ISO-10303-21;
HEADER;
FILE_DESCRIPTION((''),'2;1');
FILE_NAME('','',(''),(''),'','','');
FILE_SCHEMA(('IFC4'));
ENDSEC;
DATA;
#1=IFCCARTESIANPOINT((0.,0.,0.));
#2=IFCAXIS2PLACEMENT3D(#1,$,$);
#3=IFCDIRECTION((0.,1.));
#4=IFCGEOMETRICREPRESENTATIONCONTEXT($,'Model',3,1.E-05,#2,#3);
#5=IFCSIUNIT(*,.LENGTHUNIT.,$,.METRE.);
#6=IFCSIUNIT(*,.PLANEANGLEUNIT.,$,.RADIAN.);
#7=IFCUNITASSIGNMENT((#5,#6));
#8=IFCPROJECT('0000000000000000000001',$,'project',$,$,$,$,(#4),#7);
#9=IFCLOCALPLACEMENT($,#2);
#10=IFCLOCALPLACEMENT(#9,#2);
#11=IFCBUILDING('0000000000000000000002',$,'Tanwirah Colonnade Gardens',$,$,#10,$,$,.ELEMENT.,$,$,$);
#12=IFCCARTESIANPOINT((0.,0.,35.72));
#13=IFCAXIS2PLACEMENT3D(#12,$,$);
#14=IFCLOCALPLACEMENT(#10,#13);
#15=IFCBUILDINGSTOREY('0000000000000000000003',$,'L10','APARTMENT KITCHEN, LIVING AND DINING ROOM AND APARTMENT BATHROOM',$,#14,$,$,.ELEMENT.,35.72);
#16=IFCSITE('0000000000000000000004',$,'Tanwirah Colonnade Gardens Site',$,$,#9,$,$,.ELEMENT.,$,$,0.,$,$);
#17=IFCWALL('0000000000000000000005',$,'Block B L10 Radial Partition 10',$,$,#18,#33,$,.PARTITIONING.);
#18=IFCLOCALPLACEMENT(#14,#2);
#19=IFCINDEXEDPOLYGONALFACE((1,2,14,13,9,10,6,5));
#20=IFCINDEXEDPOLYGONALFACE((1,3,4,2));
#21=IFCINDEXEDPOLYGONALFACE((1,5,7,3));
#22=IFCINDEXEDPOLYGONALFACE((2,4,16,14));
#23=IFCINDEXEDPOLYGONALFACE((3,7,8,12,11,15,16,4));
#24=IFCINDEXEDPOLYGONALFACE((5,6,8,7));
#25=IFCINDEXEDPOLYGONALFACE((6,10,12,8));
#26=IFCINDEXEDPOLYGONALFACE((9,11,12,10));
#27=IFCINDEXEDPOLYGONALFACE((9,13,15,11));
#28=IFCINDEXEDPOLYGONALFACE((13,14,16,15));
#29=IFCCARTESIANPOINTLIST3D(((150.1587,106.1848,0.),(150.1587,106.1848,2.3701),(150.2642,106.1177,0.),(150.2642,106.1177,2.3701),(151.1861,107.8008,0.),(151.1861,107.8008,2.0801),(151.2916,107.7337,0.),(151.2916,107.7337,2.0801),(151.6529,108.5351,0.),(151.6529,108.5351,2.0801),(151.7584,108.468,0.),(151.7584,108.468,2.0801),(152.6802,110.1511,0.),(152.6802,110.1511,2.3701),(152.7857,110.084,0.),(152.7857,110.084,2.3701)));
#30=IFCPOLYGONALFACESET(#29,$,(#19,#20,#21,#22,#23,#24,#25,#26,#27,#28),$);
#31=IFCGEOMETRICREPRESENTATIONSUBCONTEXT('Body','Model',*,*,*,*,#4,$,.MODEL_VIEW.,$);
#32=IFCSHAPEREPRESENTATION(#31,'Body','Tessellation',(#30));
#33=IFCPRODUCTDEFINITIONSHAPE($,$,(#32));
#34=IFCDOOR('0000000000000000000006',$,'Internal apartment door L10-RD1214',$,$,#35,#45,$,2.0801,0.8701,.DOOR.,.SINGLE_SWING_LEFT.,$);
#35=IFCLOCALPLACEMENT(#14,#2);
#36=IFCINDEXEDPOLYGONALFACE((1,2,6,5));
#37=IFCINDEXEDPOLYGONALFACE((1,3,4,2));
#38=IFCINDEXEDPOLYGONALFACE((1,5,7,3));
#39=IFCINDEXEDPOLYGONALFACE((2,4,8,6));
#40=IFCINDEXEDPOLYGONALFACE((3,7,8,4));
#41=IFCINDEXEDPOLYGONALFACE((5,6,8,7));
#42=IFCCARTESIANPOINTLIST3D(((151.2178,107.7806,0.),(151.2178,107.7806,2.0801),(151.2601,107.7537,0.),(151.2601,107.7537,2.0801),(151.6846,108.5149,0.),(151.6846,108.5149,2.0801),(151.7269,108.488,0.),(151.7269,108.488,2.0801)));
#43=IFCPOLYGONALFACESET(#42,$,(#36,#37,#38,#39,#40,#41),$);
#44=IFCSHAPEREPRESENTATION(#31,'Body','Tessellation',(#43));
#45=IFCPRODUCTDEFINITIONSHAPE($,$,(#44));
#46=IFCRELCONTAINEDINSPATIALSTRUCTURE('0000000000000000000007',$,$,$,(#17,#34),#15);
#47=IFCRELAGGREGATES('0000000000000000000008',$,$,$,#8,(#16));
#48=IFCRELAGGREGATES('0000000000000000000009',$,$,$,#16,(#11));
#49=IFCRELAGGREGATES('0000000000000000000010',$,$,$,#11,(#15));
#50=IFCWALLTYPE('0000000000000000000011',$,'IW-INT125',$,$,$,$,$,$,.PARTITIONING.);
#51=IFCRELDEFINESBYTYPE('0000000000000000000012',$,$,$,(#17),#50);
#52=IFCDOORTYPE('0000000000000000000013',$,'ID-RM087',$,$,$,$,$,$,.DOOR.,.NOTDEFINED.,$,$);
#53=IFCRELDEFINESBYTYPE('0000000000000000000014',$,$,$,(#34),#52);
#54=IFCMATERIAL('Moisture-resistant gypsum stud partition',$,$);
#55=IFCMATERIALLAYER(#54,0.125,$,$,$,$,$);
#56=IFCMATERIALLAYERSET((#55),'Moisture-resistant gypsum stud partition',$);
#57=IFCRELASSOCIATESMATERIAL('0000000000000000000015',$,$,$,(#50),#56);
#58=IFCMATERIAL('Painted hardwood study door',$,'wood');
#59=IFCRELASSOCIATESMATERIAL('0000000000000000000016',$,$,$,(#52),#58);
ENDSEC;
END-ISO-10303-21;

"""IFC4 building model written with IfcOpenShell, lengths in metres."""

from ifc_helpers import new_model, si_unit, direction, frame, frame_2d, origin, place, context, subcontext, project, spatial, rectangle, extrude, material, layer, layer_set, type_object, element, fill, save


model = new_model("IFC4")

# Units and contexts
model_context = context("Model", 3, precision=1e-05, world=origin(), true_north=direction((0.0, 1.0)))
body_context = subcontext(model_context, "Body", "Model", "MODEL_VIEW")
ifc_project = project(units=[si_unit("LENGTHUNIT", "METRE"), si_unit("PLANEANGLEUNIT", "RADIAN")], contexts=[model_context])

# Site, building, storey
site_placement = place(None, origin())
site = spatial("IfcSite", under=ifc_project, at=site_placement, Name="Tanwirah Colonnade Gardens Site", CompositionType="ELEMENT", RefElevation=0.0)
building_placement = place(site_placement, origin())
building = spatial("IfcBuilding", under=site, at=building_placement, Name="Tanwirah Colonnade Gardens", CompositionType="ELEMENT")
storey_placement = place(building_placement, frame((0.0, 0.0, 35.72)))
storey = spatial("IfcBuildingStorey", under=building, at=storey_placement, Name="L10", Description="APARTMENT KITCHEN, LIVING AND DINING ROOM AND APARTMENT BATHROOM", CompositionType="ELEMENT", Elevation=35.72)

# Wall, opening, door
ifc_material_1 = material(Name="Moisture-resistant gypsum stud partition")
ifc_layer_1 = layer(ifc_material_1, 0.125)
ifc_layer_set_1 = layer_set([ifc_layer_1], Name="Moisture-resistant gypsum stud partition")
wall_type_1 = type_object("IfcWallType", Name="IW-INT125", PredefinedType="PARTITIONING", material=ifc_layer_set_1)
wall_1_placement = place(storey_placement, frame((150.2114, 106.1511, 0.0), z_axis=(0.0, 0.0, 1.0), x_axis=(0.536492, 0.843905, 0.0)))
wall_1 = element("IfcWall", 1, at=wall_1_placement, inside=storey, type_object=wall_type_1, Name="Block B L10 Radial Partition 10", PredefinedType="PARTITIONING", context=body_context, shape_type="SweptSolid", body=[
    extrude(rectangle(XDim=4.7, YDim=0.125, at=frame_2d((2.3501, 0.0))), origin(), (0.0, 0.0, 1.0), 2.3701),
])
opening_1_placement = place(wall_1_placement, frame((1.915, 0.0, 0.0)))
opening_1 = element("IfcOpeningElement", 2, at=opening_1_placement, cuts=wall_1, PredefinedType="OPENING", context=body_context, shape_type="SweptSolid", body=[
    extrude(rectangle(XDim=0.8701, YDim=2.0801, at=frame_2d((0.4351, 1.04))), frame((0.0, 0.0725, 0.0), z_axis=(0.0, -1.0, 0.0), x_axis=(1.0, 0.0, 0.0)), (0.0, 0.0, 1.0), 0.145),
])
ifc_material_2 = material(Name="Painted hardwood study door", Category="wood")
door_type_1 = type_object("IfcDoorType", Name="ID-RM087", OperationType="NOTDEFINED", PredefinedType="DOOR", material=ifc_material_2)
door_1_placement = place(opening_1_placement, origin())
door_1 = element("IfcDoor", 3, at=door_1_placement, inside=storey, type_object=door_type_1, Name="Internal apartment door L10-RD1214", OperationType="SINGLE_SWING_LEFT", OverallHeight=2.0801, OverallWidth=0.8701, PredefinedType="DOOR", context=body_context, shape_type="SweptSolid", body=[
    extrude(rectangle(XDim=0.8701, YDim=2.0801, at=frame_2d((0.4351, 1.04))), frame((0.0, 0.0249, 0.0), z_axis=(0.0, -1.0, 0.0), x_axis=(1.0, 0.0, 0.0)), (0.0, 0.0, 1.0), 0.05),
])
fill(opening_1, door_1)

save(model, "model.ifc")
